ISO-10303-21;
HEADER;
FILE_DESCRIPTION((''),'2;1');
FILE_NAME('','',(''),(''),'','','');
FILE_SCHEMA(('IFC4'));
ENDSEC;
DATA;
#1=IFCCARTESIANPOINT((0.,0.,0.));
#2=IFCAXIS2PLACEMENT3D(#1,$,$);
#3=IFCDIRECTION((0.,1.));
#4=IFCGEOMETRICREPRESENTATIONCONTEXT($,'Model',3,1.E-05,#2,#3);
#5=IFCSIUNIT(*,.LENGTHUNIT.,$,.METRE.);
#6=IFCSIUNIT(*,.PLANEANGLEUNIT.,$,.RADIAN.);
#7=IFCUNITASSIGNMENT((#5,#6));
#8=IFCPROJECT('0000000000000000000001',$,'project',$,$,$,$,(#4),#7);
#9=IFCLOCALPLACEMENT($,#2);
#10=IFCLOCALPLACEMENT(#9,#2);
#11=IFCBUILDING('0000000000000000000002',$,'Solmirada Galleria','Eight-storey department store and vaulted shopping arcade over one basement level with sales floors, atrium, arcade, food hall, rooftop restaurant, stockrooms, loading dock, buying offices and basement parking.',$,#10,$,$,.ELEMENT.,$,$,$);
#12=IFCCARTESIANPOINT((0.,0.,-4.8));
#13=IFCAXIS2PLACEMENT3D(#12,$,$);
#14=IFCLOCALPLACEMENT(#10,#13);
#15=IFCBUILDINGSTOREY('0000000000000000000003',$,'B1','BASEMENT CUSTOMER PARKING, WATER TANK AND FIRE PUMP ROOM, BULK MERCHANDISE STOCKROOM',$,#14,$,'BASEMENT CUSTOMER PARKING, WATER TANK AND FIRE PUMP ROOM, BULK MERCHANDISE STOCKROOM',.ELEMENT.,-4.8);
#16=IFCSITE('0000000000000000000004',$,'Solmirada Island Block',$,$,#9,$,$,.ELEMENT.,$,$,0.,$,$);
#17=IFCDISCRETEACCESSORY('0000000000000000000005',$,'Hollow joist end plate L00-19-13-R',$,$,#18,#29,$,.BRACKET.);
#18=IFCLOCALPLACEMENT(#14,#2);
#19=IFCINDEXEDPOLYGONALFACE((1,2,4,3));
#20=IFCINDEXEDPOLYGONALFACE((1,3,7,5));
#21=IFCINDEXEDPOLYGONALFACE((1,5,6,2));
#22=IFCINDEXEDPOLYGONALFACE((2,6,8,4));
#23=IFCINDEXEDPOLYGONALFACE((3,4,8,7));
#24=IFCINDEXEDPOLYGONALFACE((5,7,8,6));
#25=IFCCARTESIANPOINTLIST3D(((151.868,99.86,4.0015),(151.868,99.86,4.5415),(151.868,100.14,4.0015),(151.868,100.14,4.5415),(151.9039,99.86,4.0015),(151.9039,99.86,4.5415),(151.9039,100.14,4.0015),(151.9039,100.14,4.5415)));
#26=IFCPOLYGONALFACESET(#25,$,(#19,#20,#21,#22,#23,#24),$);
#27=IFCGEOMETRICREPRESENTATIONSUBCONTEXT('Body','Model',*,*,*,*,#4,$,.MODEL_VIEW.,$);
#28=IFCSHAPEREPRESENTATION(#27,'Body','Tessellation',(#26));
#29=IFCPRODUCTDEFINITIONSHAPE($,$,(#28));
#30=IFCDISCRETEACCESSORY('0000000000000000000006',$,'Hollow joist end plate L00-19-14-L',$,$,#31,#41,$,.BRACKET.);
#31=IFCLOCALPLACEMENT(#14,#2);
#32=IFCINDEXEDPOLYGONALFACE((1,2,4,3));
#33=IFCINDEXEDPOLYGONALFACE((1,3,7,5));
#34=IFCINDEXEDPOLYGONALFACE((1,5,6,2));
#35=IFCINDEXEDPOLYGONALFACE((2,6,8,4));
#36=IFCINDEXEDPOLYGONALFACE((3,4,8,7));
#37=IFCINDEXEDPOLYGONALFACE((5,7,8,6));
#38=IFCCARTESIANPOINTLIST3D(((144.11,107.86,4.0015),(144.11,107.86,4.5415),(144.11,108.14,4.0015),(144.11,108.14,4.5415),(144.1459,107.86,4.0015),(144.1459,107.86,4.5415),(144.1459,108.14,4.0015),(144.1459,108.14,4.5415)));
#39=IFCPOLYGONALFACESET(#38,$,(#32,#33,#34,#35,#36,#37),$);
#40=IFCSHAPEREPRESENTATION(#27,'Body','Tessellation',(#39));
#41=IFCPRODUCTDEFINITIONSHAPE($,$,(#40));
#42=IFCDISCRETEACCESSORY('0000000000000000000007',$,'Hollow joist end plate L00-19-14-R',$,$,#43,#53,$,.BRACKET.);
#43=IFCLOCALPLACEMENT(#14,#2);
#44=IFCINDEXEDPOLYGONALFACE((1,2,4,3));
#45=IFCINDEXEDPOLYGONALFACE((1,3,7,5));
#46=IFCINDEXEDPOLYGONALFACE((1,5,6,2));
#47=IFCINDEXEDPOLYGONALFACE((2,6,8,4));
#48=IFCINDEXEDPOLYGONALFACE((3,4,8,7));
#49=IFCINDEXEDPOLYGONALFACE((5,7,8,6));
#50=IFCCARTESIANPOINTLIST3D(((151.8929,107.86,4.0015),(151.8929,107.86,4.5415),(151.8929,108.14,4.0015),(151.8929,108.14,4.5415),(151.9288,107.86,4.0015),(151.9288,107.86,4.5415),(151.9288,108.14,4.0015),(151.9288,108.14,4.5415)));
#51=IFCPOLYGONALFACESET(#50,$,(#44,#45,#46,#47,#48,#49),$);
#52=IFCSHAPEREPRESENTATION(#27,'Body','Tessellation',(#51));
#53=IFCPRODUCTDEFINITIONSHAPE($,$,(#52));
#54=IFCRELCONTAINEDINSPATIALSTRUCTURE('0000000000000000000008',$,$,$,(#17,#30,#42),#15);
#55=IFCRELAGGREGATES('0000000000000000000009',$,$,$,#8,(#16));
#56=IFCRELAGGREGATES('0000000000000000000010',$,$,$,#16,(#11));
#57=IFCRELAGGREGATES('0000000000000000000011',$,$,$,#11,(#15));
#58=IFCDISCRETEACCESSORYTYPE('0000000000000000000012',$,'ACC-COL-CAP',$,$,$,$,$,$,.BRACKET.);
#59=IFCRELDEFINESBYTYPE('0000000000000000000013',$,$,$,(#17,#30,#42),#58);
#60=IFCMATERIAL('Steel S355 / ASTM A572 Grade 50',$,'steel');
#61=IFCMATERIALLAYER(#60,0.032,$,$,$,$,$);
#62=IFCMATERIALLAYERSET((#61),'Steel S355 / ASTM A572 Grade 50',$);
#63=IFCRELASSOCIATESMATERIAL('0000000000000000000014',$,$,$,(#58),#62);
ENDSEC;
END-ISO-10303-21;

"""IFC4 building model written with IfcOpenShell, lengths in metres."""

from ifc_helpers import new_model, si_unit, direction, frame, origin, origin_2d, place, context, subcontext, project, spatial, rectangle, extrude, material, layer, layer_set, type_object, element, save


model = new_model("IFC4")

# Units and contexts
model_context = context("Model", 3, precision=1e-05, world=origin(), true_north=direction((0.0, 1.0)))
body_context = subcontext(model_context, "Body", "Model", "MODEL_VIEW")
ifc_project = project(units=[si_unit("LENGTHUNIT", "METRE"), si_unit("PLANEANGLEUNIT", "RADIAN")], contexts=[model_context])

# Site, building, storey
site_placement = place(None, origin())
site = spatial("IfcSite", under=ifc_project, at=site_placement, Name="Solmirada Island Block", CompositionType="ELEMENT", RefElevation=0.0)
building_placement = place(site_placement, origin())
building = spatial("IfcBuilding", under=site, at=building_placement, Name="Solmirada Galleria", Description="Eight-storey department store and vaulted shopping arcade over one basement level with sales floors, atrium, arcade, food hall, rooftop restaurant, stockrooms, loading dock, buying offices and basement parking.", CompositionType="ELEMENT")
storey_placement = place(building_placement, frame((0.0, 0.0, -4.8)))
storey = spatial("IfcBuildingStorey", under=building, at=storey_placement, Name="B1", Description="BASEMENT CUSTOMER PARKING, WATER TANK AND FIRE PUMP ROOM, BULK MERCHANDISE STOCKROOM", LongName="BASEMENT CUSTOMER PARKING, WATER TANK AND FIRE PUMP ROOM, BULK MERCHANDISE STOCKROOM", CompositionType="ELEMENT", Elevation=-4.8)

# Discrete accessories
ifc_material_1 = material(Name="Steel S355 / ASTM A572 Grade 50", Category="steel")
ifc_layer_1 = layer(ifc_material_1, 0.032)
ifc_layer_set_1 = layer_set([ifc_layer_1], Name="Steel S355 / ASTM A572 Grade 50")
discrete_accessory_type = type_object("IfcDiscreteAccessoryType", Name="ACC-COL-CAP", PredefinedType="BRACKET", material=ifc_layer_set_1)
for number, where, z_axis, x_axis, name in (
    (1, (151.886, 100.0, 4.0015), (0.0, 0.0, 1.0), (1.0, 0.0, 0.0), "Hollow joist end plate L00-19-13-R"),
    (2, (144.1279, 108.0, 4.0015), (0.0, 0.0, 1.0), (1.0, 0.0, 0.0), "Hollow joist end plate L00-19-14-L"),
    (3, (151.9109, 108.0, 4.0015), (0.0, 0.0, 1.0), (1.0, 0.0, 0.0), "Hollow joist end plate L00-19-14-R"),
):
    element("IfcDiscreteAccessory", number, at=place(storey_placement, frame(where, z_axis=z_axis, x_axis=x_axis)), inside=storey, type_object=discrete_accessory_type, Name=name, PredefinedType="BRACKET", context=body_context, shape_type="SweptSolid", body=[
        extrude(rectangle(XDim=0.0359, YDim=0.28, at=origin_2d()), origin(), (0.0, 0.0, 1.0), 0.54),
    ])

save(model, "model.ifc")
